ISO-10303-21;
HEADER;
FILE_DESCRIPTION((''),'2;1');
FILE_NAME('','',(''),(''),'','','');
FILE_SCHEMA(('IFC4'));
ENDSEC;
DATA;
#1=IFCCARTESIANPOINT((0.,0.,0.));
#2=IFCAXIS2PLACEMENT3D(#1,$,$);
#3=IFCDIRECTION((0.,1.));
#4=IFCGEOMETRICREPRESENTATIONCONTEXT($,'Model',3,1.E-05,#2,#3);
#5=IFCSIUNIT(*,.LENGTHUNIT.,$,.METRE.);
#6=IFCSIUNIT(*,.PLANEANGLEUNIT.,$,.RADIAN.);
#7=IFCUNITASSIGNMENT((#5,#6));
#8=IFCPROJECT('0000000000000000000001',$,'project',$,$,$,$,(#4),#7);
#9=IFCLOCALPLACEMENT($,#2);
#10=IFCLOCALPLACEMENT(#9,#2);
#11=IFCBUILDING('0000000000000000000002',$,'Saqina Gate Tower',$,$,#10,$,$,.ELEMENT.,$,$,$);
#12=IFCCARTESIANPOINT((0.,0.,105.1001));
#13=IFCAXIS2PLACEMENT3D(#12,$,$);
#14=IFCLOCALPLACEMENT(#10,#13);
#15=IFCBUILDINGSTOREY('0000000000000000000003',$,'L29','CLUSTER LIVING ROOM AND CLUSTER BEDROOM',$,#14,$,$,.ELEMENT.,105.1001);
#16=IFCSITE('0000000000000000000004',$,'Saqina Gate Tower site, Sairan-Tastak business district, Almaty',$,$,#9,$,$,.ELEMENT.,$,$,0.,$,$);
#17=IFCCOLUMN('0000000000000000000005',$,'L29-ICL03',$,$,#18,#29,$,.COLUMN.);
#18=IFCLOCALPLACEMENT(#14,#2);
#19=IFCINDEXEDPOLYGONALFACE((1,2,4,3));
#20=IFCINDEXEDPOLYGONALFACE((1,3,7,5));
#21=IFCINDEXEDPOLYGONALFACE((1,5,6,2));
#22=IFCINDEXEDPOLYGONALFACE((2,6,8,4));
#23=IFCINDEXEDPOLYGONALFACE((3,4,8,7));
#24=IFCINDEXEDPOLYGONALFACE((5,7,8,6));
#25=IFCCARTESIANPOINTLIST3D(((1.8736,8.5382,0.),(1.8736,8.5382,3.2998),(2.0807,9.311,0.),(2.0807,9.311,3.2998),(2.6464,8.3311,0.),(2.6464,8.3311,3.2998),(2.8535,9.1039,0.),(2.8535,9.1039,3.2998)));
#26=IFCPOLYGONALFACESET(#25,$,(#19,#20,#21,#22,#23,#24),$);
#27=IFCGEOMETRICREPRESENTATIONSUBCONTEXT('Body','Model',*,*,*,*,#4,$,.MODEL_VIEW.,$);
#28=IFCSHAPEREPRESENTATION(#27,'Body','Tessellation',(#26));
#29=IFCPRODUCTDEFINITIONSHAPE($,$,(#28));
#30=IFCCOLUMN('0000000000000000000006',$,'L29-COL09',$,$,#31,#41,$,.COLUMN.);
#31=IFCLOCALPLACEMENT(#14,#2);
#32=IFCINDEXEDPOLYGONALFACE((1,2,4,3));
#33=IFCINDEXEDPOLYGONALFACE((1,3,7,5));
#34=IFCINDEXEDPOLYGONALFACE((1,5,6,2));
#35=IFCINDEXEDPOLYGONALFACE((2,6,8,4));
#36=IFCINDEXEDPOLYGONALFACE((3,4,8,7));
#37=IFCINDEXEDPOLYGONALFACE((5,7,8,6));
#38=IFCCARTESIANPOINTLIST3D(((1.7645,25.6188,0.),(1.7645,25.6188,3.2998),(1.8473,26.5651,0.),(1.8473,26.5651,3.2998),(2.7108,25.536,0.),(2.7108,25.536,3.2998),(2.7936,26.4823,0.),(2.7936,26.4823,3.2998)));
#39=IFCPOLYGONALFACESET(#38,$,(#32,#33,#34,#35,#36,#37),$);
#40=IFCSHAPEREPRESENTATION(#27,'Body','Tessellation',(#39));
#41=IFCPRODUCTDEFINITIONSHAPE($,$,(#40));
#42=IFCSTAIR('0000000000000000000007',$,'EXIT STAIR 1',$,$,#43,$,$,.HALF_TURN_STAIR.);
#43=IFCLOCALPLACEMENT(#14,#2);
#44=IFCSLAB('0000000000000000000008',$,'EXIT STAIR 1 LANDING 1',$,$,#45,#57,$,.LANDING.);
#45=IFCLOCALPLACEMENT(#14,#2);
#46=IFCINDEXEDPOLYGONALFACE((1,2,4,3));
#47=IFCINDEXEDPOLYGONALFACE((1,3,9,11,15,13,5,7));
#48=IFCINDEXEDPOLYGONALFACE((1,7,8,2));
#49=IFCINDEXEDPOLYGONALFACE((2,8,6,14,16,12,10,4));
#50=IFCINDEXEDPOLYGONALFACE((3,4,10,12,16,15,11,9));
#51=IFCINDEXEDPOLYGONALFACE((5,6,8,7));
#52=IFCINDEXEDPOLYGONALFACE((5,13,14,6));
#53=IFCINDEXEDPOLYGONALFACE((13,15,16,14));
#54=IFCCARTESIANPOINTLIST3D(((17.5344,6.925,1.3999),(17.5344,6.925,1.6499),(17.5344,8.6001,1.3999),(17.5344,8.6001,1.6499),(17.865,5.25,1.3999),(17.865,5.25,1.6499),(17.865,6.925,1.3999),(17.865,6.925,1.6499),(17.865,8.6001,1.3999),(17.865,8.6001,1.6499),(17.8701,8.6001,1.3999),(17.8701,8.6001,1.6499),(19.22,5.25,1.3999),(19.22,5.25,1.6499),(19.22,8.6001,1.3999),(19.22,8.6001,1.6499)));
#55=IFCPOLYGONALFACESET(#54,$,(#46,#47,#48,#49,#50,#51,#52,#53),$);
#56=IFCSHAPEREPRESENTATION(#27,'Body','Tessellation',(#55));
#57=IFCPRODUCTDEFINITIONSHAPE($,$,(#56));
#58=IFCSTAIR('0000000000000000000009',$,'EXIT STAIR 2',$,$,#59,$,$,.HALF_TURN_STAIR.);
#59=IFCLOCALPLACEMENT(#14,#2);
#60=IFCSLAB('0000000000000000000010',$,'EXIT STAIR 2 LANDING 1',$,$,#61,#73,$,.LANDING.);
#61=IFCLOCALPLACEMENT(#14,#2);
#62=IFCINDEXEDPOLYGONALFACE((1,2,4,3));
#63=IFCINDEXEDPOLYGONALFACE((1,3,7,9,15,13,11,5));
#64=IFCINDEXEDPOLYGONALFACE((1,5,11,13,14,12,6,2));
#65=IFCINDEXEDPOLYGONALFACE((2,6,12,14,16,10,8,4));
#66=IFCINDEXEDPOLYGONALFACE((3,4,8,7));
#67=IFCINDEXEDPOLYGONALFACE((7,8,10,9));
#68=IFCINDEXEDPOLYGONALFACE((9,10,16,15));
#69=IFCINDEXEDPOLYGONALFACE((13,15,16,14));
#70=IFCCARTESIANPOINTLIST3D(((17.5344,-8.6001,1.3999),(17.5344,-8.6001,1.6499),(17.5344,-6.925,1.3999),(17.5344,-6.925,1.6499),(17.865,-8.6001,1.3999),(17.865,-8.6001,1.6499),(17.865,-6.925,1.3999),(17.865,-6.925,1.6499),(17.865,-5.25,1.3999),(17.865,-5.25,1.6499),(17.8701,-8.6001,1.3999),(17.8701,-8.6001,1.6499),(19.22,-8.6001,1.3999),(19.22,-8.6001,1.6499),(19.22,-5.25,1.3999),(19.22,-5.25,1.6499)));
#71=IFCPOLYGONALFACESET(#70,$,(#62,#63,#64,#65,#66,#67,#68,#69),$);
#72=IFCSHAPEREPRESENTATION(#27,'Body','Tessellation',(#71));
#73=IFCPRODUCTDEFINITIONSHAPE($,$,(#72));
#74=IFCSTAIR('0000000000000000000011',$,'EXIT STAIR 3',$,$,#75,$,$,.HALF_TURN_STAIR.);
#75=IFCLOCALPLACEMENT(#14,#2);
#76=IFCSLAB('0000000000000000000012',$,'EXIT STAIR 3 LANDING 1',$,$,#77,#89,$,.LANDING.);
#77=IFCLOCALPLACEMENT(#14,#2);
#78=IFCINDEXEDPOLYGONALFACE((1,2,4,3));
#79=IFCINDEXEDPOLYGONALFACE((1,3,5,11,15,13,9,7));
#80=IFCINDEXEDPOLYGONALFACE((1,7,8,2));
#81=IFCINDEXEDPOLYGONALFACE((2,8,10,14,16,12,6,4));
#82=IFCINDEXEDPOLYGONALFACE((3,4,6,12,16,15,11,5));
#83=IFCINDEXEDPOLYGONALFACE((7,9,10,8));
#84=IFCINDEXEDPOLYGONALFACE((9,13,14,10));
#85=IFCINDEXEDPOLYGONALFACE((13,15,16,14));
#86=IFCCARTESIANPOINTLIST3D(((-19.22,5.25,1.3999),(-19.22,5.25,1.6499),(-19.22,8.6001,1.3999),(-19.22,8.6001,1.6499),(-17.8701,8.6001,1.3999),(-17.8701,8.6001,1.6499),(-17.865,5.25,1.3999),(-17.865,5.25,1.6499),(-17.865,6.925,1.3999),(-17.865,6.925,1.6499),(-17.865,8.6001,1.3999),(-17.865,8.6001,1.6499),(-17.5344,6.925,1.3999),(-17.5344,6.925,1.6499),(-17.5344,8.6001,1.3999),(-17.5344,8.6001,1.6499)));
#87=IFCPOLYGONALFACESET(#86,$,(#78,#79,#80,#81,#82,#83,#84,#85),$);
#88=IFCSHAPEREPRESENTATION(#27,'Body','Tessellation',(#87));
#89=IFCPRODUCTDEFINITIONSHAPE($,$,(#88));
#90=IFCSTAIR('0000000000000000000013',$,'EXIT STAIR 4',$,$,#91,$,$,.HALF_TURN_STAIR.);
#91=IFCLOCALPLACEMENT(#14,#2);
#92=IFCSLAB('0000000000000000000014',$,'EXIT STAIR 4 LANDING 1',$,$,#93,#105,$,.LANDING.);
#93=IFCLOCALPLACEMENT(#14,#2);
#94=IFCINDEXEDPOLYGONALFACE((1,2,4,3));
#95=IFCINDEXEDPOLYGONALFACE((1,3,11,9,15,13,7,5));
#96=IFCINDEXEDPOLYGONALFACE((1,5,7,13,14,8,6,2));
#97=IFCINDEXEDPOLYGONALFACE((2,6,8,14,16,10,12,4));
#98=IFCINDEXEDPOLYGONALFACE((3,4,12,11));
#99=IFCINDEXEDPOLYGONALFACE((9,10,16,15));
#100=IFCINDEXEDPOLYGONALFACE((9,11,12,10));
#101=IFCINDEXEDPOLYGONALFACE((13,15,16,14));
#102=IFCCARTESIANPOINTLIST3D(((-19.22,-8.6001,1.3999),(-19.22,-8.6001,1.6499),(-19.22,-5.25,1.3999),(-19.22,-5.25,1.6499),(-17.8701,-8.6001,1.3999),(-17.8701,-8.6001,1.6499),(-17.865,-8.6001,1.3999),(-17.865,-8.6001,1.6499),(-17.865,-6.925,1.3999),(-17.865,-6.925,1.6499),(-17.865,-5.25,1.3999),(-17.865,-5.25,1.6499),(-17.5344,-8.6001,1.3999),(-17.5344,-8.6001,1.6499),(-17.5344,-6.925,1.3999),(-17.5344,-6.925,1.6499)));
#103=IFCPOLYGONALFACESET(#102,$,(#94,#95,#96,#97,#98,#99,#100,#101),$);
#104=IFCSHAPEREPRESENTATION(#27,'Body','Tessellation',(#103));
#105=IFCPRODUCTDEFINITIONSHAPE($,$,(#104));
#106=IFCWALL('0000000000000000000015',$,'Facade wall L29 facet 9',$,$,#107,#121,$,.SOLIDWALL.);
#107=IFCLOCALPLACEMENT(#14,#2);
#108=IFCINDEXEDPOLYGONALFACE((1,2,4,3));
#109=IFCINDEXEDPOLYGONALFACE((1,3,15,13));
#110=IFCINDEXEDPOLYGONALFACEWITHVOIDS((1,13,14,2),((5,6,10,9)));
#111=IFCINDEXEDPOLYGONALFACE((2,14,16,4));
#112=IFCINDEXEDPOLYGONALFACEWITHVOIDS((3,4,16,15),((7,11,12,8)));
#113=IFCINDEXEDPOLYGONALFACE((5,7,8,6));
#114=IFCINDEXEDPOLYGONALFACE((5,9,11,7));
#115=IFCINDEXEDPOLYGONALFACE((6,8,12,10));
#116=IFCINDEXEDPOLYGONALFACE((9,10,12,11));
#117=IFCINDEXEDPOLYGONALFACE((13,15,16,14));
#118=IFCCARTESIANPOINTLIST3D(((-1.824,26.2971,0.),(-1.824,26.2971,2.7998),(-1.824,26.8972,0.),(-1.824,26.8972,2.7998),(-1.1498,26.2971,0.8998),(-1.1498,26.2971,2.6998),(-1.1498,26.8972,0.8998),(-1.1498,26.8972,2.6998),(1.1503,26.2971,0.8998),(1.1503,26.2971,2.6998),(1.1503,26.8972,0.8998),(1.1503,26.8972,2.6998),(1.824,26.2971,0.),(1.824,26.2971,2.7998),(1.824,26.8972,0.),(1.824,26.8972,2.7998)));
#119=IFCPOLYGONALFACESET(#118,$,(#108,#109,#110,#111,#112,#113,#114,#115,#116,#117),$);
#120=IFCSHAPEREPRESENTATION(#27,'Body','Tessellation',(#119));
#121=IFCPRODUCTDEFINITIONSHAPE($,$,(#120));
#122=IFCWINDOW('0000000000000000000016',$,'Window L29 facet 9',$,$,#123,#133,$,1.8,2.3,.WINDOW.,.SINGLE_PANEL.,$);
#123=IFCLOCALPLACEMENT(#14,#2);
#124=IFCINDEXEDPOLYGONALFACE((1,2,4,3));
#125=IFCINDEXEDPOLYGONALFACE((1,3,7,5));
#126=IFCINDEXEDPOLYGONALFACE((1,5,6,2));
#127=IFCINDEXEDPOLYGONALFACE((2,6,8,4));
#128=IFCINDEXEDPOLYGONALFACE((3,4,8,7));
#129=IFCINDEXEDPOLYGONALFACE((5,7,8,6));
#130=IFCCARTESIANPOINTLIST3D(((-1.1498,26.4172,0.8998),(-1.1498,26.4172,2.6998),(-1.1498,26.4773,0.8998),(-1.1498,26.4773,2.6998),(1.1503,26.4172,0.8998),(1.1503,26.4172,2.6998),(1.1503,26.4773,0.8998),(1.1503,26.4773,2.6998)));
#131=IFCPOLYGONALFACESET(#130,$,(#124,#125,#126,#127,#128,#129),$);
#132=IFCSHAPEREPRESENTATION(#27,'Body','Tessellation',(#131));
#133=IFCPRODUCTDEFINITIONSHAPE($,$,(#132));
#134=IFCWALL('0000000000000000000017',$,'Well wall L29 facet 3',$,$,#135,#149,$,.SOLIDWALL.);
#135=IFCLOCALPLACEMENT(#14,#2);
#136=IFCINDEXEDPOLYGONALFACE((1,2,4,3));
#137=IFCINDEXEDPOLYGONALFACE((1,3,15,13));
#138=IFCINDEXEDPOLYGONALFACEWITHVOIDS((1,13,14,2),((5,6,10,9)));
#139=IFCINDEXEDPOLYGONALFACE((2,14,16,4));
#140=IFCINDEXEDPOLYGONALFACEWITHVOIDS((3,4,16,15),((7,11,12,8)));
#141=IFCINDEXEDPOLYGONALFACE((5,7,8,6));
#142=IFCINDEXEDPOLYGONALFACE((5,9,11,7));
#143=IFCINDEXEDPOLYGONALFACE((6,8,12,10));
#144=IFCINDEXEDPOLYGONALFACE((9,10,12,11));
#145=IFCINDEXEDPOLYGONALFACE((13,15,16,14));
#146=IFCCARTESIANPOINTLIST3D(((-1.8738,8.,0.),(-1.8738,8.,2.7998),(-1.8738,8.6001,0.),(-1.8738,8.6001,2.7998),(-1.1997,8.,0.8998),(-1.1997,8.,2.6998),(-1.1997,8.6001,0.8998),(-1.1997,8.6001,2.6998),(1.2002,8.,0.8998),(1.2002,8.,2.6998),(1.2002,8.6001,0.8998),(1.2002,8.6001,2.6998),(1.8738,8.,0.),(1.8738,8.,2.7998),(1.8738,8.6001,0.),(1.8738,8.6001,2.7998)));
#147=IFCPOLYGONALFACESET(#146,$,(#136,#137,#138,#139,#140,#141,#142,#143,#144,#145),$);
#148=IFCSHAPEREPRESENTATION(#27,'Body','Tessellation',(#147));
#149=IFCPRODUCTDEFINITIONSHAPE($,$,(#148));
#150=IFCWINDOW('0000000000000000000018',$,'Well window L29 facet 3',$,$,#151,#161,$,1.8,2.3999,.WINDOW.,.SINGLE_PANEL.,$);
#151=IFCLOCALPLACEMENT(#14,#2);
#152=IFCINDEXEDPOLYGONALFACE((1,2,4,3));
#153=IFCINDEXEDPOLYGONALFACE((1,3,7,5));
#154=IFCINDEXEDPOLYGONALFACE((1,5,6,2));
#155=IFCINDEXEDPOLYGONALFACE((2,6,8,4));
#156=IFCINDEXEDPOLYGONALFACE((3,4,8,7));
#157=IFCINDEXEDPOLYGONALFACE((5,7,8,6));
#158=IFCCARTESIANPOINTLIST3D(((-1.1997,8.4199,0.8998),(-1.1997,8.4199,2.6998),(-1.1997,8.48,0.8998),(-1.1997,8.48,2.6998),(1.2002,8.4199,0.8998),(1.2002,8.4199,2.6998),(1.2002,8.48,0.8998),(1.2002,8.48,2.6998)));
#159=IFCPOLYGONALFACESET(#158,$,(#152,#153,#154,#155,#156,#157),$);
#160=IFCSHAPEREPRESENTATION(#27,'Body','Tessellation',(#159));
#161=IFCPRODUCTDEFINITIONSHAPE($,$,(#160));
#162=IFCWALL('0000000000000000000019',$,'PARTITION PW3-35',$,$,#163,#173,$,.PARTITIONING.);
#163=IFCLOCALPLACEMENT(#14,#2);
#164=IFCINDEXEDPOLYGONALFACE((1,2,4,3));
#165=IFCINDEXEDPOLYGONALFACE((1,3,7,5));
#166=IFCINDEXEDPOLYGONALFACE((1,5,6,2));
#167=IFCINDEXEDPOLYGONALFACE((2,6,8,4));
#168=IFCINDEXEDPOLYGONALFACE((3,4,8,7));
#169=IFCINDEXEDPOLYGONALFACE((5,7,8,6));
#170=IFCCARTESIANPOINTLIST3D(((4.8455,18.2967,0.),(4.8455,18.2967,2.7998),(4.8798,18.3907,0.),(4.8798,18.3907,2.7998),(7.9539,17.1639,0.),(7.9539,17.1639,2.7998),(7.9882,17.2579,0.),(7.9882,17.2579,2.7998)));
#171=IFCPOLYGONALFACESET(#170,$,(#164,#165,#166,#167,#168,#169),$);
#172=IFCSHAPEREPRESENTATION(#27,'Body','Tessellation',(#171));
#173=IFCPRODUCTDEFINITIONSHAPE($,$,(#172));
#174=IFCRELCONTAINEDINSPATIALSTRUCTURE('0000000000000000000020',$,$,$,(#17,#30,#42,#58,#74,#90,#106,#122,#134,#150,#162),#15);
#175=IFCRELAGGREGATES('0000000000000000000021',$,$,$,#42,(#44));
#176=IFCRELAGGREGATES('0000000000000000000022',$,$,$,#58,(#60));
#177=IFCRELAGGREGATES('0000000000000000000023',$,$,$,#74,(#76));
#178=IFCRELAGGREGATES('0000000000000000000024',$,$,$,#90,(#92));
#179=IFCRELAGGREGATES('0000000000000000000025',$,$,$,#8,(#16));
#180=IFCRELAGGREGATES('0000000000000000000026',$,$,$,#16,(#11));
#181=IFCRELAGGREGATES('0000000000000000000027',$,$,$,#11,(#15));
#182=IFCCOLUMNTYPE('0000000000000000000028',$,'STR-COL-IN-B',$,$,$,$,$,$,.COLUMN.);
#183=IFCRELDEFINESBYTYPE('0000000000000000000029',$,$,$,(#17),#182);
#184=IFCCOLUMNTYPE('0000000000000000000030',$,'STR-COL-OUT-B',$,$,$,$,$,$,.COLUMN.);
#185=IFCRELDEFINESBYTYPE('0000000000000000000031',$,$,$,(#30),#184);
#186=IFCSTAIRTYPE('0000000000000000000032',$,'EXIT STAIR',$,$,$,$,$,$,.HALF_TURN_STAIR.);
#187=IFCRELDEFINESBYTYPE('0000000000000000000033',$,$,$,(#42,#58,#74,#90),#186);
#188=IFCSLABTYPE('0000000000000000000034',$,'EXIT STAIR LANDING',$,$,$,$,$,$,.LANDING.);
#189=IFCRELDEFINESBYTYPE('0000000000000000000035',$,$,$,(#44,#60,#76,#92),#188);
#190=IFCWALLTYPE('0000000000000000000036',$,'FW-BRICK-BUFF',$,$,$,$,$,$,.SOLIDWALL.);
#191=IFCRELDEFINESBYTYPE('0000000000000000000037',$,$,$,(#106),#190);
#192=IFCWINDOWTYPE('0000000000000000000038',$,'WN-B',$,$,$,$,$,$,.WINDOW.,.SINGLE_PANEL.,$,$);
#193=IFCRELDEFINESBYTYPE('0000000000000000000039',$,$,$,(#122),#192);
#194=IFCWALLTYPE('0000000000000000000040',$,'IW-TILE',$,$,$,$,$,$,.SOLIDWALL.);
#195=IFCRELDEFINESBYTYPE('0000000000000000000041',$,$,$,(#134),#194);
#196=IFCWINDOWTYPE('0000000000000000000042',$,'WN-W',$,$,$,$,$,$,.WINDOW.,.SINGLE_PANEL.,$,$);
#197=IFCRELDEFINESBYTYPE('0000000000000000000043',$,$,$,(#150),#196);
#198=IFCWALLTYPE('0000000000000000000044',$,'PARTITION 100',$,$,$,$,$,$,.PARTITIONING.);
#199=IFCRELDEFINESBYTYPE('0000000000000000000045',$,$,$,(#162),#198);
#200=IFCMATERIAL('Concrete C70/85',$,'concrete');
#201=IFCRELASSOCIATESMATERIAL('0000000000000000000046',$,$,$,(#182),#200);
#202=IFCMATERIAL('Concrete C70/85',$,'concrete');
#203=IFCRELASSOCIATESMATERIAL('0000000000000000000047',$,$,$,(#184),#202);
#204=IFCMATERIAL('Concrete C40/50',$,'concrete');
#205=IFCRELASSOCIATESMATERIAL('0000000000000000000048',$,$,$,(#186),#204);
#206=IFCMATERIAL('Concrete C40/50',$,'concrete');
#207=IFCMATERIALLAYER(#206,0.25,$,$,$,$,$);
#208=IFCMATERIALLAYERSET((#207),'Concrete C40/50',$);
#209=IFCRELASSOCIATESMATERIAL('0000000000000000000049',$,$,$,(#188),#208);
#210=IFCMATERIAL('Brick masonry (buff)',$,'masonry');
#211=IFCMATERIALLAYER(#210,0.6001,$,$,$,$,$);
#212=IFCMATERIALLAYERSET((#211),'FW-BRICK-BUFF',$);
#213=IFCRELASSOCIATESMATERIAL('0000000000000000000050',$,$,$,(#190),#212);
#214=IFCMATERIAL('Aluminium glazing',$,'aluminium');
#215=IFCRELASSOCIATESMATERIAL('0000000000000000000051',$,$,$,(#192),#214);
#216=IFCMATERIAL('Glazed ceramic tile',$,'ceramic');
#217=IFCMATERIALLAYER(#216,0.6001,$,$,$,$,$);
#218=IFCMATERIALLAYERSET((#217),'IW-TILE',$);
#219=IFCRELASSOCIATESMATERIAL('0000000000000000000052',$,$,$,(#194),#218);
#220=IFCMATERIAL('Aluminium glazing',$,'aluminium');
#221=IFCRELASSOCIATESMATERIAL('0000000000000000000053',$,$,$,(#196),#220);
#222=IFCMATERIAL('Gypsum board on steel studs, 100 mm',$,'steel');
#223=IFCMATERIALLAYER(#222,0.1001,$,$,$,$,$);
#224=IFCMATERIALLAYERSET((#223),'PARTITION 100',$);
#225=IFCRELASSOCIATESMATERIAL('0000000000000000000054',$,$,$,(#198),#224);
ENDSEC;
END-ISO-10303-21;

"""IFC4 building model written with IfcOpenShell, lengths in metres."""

from ifc_helpers import new_model, si_unit, direction, frame, frame_2d, origin, origin_2d, place, context, subcontext, project, spatial, polyline, rectangle, outline, extrude, material, layer, layer_set, material_profile, profile_set, type_object, element, fill, aggregate, save


model = new_model("IFC4")

# Units and contexts
model_context = context("Model", 3, precision=1e-05, world=origin(), true_north=direction((0.0, 1.0)))
body_context = subcontext(model_context, "Body", "Model", "MODEL_VIEW")
ifc_project = project(units=[si_unit("LENGTHUNIT", "METRE"), si_unit("PLANEANGLEUNIT", "RADIAN")], contexts=[model_context])

# Site, building, storey
site_placement = place(None, origin())
site = spatial("IfcSite", under=ifc_project, at=site_placement, Name="Saqina Gate Tower site, Sairan-Tastak business district, Almaty", CompositionType="ELEMENT", RefElevation=0.0)
building_placement = place(site_placement, origin())
building = spatial("IfcBuilding", under=site, at=building_placement, Name="Saqina Gate Tower", CompositionType="ELEMENT")
storey_placement = place(building_placement, frame((0.0, 0.0, 105.1001)))
storey = spatial("IfcBuildingStorey", under=building, at=storey_placement, Name="L29", Description="CLUSTER LIVING ROOM AND CLUSTER BEDROOM", CompositionType="ELEMENT", Elevation=105.1001)

# Columns
ifc_material_1 = material(Name="Concrete C70/85", Category="concrete")
ifc_material_profile_1 = material_profile(ifc_material_1, rectangle(XDim=0.8, YDim=0.8, at=origin_2d()), Name="RC 800x800")
ifc_profile_set_1 = profile_set([ifc_material_profile_1], Name="Concrete C70/85")
column_type_1 = type_object("IfcColumnType", Name="STR-COL-IN-B", PredefinedType="COLUMN", material=ifc_profile_set_1)
column_1_placement = place(storey_placement, frame((2.3635, 8.821, 0.0), z_axis=(0.0, 0.0, 1.0), x_axis=(0.258819, 0.965926, 0.0)))
element("IfcColumn", 1, at=column_1_placement, inside=storey, type_object=column_type_1, Name="L29-ICL03", PredefinedType="COLUMN", context=body_context, shape_type="SweptSolid", body=[
    extrude(rectangle(XDim=0.8, YDim=0.8, at=origin_2d()), origin(), (0.0, 0.0, 1.0), 3.2998),
])
ifc_material_2 = material(Name="Concrete C70/85", Category="concrete")
ifc_material_profile_2 = material_profile(ifc_material_2, rectangle(XDim=0.95, YDim=0.95, at=origin_2d()), Name="RC 950x950")
ifc_profile_set_2 = profile_set([ifc_material_profile_2], Name="Concrete C70/85")
column_type_2 = type_object("IfcColumnType", Name="STR-COL-OUT-B", PredefinedType="COLUMN", material=ifc_profile_set_2)
column_2_placement = place(storey_placement, frame((2.2791, 26.0505, 0.0), z_axis=(0.0, 0.0, 1.0), x_axis=(0.087156, 0.996195, 0.0)))
element("IfcColumn", 2, at=column_2_placement, inside=storey, type_object=column_type_2, Name="L29-COL09", PredefinedType="COLUMN", context=body_context, shape_type="SweptSolid", body=[
    extrude(rectangle(XDim=0.95, YDim=0.95, at=origin_2d()), origin(), (0.0, 0.0, 1.0), 3.2998),
])

# Stairs, slabs
ifc_material_3 = material(Name="Concrete C40/50", Category="concrete")
stair_type = type_object("IfcStairType", Name="EXIT STAIR", PredefinedType="HALF_TURN_STAIR", material=ifc_material_3)
stair_1_placement = place(storey_placement, origin())
stair_1 = element("IfcStair", 3, at=stair_1_placement, inside=storey, type_object=stair_type, Name="EXIT STAIR 1", PredefinedType="HALF_TURN_STAIR")
ifc_material_4 = material(Name="Concrete C40/50", Category="concrete")
ifc_layer_1 = layer(ifc_material_4, 0.25)
ifc_layer_set_1 = layer_set([ifc_layer_1], Name="Concrete C40/50")
slab_type = type_object("IfcSlabType", Name="EXIT STAIR LANDING", PredefinedType="LANDING", material=ifc_layer_set_1)
slab_1_placement = place(storey_placement, frame((0.0, 0.0, 1.3999)))
slab_1 = element("IfcSlab", 4, at=slab_1_placement, type_object=slab_type, Name="EXIT STAIR 1 LANDING 1", PredefinedType="LANDING", context=body_context, shape_type="SweptSolid", body=[
    extrude(outline(polyline([(19.22, 8.6001), (19.22, 5.25), (17.865, 5.25), (17.865, 6.925), (17.5344, 6.925), (17.5344, 8.6001), (17.865, 8.6001), (17.8701, 8.6001), (19.22, 8.6001)])), origin(), (0.0, 0.0, 1.0), 0.25),
])
aggregate(stair_1, [slab_1])
stair_2_placement = place(storey_placement, origin())
stair_2 = element("IfcStair", 5, at=stair_2_placement, inside=storey, type_object=stair_type, Name="EXIT STAIR 2", PredefinedType="HALF_TURN_STAIR")
slab_2_placement = place(storey_placement, frame((0.0, 0.0, 1.3999)))
slab_2 = element("IfcSlab", 6, at=slab_2_placement, type_object=slab_type, Name="EXIT STAIR 2 LANDING 1", PredefinedType="LANDING", context=body_context, shape_type="SweptSolid", body=[
    extrude(outline(polyline([(17.5344, -8.6001), (17.5344, -6.925), (17.865, -6.925), (17.865, -5.25), (19.22, -5.25), (19.22, -8.6001), (17.8701, -8.6001), (17.865, -8.6001), (17.5344, -8.6001)])), origin(), (0.0, 0.0, 1.0), 0.25),
])
aggregate(stair_2, [slab_2])
stair_3_placement = place(storey_placement, origin())
stair_3 = element("IfcStair", 7, at=stair_3_placement, inside=storey, type_object=stair_type, Name="EXIT STAIR 3", PredefinedType="HALF_TURN_STAIR")
slab_3_placement = place(storey_placement, frame((0.0, 0.0, 1.3999)))
slab_3 = element("IfcSlab", 8, at=slab_3_placement, type_object=slab_type, Name="EXIT STAIR 3 LANDING 1", PredefinedType="LANDING", context=body_context, shape_type="SweptSolid", body=[
    extrude(outline(polyline([(-17.865, 5.25), (-19.22, 5.25), (-19.22, 8.6001), (-17.8701, 8.6001), (-17.865, 8.6001), (-17.5344, 8.6001), (-17.5344, 6.925), (-17.865, 6.925), (-17.865, 5.25)])), origin(), (0.0, 0.0, 1.0), 0.25),
])
aggregate(stair_3, [slab_3])
stair_4_placement = place(storey_placement, origin())
stair_4 = element("IfcStair", 9, at=stair_4_placement, inside=storey, type_object=stair_type, Name="EXIT STAIR 4", PredefinedType="HALF_TURN_STAIR")
slab_4_placement = place(storey_placement, frame((0.0, 0.0, 1.3999)))
slab_4 = element("IfcSlab", 10, at=slab_4_placement, type_object=slab_type, Name="EXIT STAIR 4 LANDING 1", PredefinedType="LANDING", context=body_context, shape_type="SweptSolid", body=[
    extrude(outline(polyline([(-17.5344, -6.925), (-17.5344, -8.6001), (-17.865, -8.6001), (-17.8701, -8.6001), (-19.22, -8.6001), (-19.22, -5.25), (-17.865, -5.25), (-17.865, -6.925), (-17.5344, -6.925)])), origin(), (0.0, 0.0, 1.0), 0.25),
])
aggregate(stair_4, [slab_4])

# Walls, openings, windows
ifc_material_5 = material(Name="Brick masonry (buff)", Category="masonry")
ifc_layer_2 = layer(ifc_material_5, 0.6001)
ifc_layer_set_2 = layer_set([ifc_layer_2], Name="FW-BRICK-BUFF")
wall_type_1 = type_object("IfcWallType", Name="FW-BRICK-BUFF", PredefinedType="SOLIDWALL", material=ifc_layer_set_2)
wall_1_placement = place(storey_placement, frame((1.824, 26.5972, 0.0), z_axis=(0.0, 0.0, 1.0), x_axis=(-1.0, 0.0, 0.0)))
wall_1 = element("IfcWall", 11, at=wall_1_placement, inside=storey, type_object=wall_type_1, Name="Facade wall L29 facet 9", PredefinedType="SOLIDWALL", context=body_context, shape_type="SweptSolid", body=[
    extrude(rectangle(XDim=3.6479, YDim=0.6001, at=frame_2d((1.824, 0.0))), origin(), (0.0, 0.0, 1.0), 2.7998),
])
opening_1_placement = place(wall_1_placement, frame((0.6738, 0.0, 0.8999)))
opening_1 = element("IfcOpeningElement", 12, at=opening_1_placement, cuts=wall_1, PredefinedType="OPENING", context=body_context, shape_type="SweptSolid", body=[
    extrude(rectangle(XDim=2.3, YDim=1.8, at=frame_2d((1.1499, 0.8999))), frame((0.0, 0.312, 0.0), z_axis=(0.0, -1.0, 0.0), x_axis=(1.0, 0.0, 0.0)), (0.0, 0.0, 1.0), 0.624),
])
ifc_material_6 = material(Name="Aluminium glazing", Category="aluminium")
window_type_1 = type_object("IfcWindowType", Name="WN-B", PartitioningType="SINGLE_PANEL", PredefinedType="WINDOW", material=ifc_material_6)
window_1_placement = place(opening_1_placement, origin())
window_1 = element("IfcWindow", 13, at=window_1_placement, inside=storey, type_object=window_type_1, Name="Window L29 facet 9", OverallHeight=1.8, OverallWidth=2.3, PartitioningType="SINGLE_PANEL", PredefinedType="WINDOW", context=body_context, shape_type="SweptSolid", body=[
    extrude(rectangle(XDim=2.3, YDim=1.8, at=frame_2d((1.1499, 0.8999))), frame((0.0, 0.1799, 0.0), z_axis=(0.0, -1.0, 0.0), x_axis=(1.0, 0.0, 0.0)), (0.0, 0.0, 1.0), 0.0601),
])
fill(opening_1, window_1)
ifc_material_7 = material(Name="Glazed ceramic tile", Category="ceramic")
ifc_layer_3 = layer(ifc_material_7, 0.6001)
ifc_layer_set_3 = layer_set([ifc_layer_3], Name="IW-TILE")
wall_type_2 = type_object("IfcWallType", Name="IW-TILE", PredefinedType="SOLIDWALL", material=ifc_layer_set_3)
wall_2_placement = place(storey_placement, frame((1.8738, 8.3, 0.0), z_axis=(0.0, 0.0, 1.0), x_axis=(-1.0, 0.0, 0.0)))
wall_2 = element("IfcWall", 14, at=wall_2_placement, inside=storey, type_object=wall_type_2, Name="Well wall L29 facet 3", PredefinedType="SOLIDWALL", context=body_context, shape_type="SweptSolid", body=[
    extrude(rectangle(XDim=3.7476, YDim=0.6001, at=frame_2d((1.8738, 0.0))), origin(), (0.0, 0.0, 1.0), 2.7998),
])
opening_2_placement = place(wall_2_placement, frame((0.6736, 0.0, 0.8999)))
opening_2 = element("IfcOpeningElement", 15, at=opening_2_placement, cuts=wall_2, PredefinedType="OPENING", context=body_context, shape_type="SweptSolid", body=[
    extrude(rectangle(XDim=2.3999, YDim=1.8, at=frame_2d((1.2, 0.8999))), frame((0.0, 0.312, 0.0), z_axis=(0.0, -1.0, 0.0), x_axis=(1.0, 0.0, 0.0)), (0.0, 0.0, 1.0), 0.624),
])
ifc_material_8 = material(Name="Aluminium glazing", Category="aluminium")
window_type_2 = type_object("IfcWindowType", Name="WN-W", PartitioningType="SINGLE_PANEL", PredefinedType="WINDOW", material=ifc_material_8)
window_2_placement = place(opening_2_placement, origin())
window_2 = element("IfcWindow", 16, at=window_2_placement, inside=storey, type_object=window_type_2, Name="Well window L29 facet 3", OverallHeight=1.8, OverallWidth=2.3999, PartitioningType="SINGLE_PANEL", PredefinedType="WINDOW", context=body_context, shape_type="SweptSolid", body=[
    extrude(rectangle(XDim=2.3999, YDim=1.8, at=frame_2d((1.2, 0.8999))), frame((0.0, -0.1199, 0.0), z_axis=(0.0, -1.0, 0.0), x_axis=(1.0, 0.0, 0.0)), (0.0, 0.0, 1.0), 0.0601),
])
fill(opening_2, window_2)

# Wall
ifc_material_9 = material(Name="Gypsum board on steel studs, 100 mm", Category="steel")
ifc_layer_4 = layer(ifc_material_9, 0.1001)
ifc_layer_set_4 = layer_set([ifc_layer_4], Name="PARTITION 100")
wall_type_3 = type_object("IfcWallType", Name="PARTITION 100", PredefinedType="PARTITIONING", material=ifc_layer_set_4)
wall_3_placement = place(storey_placement, frame((4.8625, 18.3438, 0.0), z_axis=(0.0, 0.0, 1.0), x_axis=(0.939552, -0.342407, 0.0)))
element("IfcWall", 17, at=wall_3_placement, inside=storey, type_object=wall_type_3, Name="PARTITION PW3-35", PredefinedType="PARTITIONING", context=body_context, shape_type="SweptSolid", body=[
    extrude(rectangle(XDim=3.3083, YDim=0.1001, at=frame_2d((1.6543, 0.0))), origin(), (0.0, 0.0, 1.0), 2.7998),
])

save(model, "model.ifc")
